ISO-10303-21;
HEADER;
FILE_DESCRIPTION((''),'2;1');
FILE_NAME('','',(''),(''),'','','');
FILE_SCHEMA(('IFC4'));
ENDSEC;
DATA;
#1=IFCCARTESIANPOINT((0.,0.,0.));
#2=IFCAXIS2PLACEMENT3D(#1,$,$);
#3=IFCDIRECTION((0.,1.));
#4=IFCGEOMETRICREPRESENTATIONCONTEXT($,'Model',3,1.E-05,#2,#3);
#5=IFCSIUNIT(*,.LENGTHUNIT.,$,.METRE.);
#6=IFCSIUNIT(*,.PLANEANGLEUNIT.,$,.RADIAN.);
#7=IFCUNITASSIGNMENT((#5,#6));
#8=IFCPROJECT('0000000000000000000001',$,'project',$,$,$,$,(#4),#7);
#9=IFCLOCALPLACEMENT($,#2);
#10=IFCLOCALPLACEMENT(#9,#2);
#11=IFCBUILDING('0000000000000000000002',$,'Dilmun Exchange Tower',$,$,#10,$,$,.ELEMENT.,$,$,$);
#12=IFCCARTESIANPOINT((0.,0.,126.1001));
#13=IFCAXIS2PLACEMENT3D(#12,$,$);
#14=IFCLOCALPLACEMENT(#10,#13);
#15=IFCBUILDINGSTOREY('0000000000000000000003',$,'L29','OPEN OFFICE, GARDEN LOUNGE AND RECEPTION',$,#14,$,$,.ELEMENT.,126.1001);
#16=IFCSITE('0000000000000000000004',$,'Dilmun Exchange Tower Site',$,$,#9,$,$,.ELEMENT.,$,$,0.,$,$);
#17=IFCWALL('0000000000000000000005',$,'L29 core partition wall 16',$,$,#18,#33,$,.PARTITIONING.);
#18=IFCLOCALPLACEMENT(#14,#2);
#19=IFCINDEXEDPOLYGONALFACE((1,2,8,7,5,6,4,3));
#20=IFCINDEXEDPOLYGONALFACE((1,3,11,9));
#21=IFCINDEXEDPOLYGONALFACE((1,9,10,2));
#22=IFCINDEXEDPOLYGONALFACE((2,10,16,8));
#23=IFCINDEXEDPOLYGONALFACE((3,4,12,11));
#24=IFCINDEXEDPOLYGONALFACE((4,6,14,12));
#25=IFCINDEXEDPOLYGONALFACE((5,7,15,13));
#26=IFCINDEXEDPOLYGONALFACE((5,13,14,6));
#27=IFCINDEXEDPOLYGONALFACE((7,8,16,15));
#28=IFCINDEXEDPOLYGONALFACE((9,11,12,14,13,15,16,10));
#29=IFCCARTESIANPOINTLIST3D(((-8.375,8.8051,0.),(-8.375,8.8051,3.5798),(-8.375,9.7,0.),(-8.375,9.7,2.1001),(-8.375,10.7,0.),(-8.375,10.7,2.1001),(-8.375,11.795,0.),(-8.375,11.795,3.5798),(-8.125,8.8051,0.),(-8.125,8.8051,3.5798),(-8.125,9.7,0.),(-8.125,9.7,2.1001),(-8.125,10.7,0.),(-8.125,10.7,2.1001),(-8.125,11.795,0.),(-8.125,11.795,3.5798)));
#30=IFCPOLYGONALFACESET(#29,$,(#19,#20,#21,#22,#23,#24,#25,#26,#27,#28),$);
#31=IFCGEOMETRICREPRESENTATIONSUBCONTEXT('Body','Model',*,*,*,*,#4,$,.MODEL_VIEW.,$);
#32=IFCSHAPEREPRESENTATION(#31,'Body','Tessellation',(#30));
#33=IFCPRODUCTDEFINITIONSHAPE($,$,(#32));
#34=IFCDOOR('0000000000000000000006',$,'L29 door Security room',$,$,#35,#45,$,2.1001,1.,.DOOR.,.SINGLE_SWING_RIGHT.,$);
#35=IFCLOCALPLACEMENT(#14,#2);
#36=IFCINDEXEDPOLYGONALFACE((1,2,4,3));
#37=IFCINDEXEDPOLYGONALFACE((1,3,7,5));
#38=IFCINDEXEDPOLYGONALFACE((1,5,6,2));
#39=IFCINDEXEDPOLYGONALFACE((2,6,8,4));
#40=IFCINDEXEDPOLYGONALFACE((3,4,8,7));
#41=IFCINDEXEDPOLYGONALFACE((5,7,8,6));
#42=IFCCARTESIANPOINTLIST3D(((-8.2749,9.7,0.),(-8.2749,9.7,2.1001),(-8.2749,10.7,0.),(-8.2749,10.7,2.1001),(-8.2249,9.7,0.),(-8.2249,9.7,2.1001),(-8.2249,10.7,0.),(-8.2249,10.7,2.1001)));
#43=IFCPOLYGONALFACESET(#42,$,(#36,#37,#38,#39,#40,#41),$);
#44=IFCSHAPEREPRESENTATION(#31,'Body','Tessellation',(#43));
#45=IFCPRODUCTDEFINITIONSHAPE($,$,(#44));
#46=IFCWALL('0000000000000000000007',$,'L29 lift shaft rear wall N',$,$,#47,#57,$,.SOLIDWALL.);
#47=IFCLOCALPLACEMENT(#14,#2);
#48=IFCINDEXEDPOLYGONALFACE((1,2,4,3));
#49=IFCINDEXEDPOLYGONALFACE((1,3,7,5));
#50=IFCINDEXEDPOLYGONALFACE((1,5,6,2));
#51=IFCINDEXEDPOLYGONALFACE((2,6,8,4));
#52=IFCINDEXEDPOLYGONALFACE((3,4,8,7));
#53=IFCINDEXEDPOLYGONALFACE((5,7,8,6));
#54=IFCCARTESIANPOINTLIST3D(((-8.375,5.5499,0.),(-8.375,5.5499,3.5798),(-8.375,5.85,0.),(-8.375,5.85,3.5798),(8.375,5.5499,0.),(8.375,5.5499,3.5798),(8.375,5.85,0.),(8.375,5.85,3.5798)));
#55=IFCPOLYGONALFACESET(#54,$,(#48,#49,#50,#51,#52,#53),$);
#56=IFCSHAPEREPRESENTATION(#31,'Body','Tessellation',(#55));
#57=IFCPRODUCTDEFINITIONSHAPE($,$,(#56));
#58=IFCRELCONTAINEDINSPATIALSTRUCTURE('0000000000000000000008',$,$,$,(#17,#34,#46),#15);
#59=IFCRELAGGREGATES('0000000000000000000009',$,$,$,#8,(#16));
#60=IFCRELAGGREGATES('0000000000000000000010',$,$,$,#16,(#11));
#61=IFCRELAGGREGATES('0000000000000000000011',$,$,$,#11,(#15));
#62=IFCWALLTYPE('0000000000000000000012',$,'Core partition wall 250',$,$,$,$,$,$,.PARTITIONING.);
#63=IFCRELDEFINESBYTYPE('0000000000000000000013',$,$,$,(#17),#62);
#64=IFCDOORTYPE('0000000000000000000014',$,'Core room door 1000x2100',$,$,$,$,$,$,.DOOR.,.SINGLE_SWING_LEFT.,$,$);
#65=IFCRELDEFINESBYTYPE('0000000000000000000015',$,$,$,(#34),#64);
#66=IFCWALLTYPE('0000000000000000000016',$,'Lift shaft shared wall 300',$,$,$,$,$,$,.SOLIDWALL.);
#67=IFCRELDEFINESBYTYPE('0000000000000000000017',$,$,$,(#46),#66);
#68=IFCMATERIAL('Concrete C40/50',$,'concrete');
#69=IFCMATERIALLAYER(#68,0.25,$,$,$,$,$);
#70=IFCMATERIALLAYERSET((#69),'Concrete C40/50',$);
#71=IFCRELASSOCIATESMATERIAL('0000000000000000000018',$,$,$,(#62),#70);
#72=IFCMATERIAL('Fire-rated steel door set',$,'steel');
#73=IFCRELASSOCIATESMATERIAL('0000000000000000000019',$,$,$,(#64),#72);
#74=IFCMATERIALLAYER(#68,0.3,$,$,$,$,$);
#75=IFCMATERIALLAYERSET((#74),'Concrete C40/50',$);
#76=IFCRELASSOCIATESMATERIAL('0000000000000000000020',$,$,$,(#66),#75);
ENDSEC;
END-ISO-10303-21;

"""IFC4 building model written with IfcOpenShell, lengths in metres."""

from ifc_helpers import new_model, si_unit, direction, frame, frame_2d, origin, place, context, subcontext, project, spatial, rectangle, extrude, material, layer, layer_set, type_object, element, fill, save


model = new_model("IFC4")

# Units and contexts
model_context = context("Model", 3, precision=1e-05, world=origin(), true_north=direction((0.0, 1.0)))
body_context = subcontext(model_context, "Body", "Model", "MODEL_VIEW")
ifc_project = project(units=[si_unit("LENGTHUNIT", "METRE"), si_unit("PLANEANGLEUNIT", "RADIAN")], contexts=[model_context])

# Site, building, storey
site_placement = place(None, origin())
site = spatial("IfcSite", under=ifc_project, at=site_placement, Name="Dilmun Exchange Tower Site", CompositionType="ELEMENT", RefElevation=0.0)
building_placement = place(site_placement, origin())
building = spatial("IfcBuilding", under=site, at=building_placement, Name="Dilmun Exchange Tower", CompositionType="ELEMENT")
storey_placement = place(building_placement, frame((0.0, 0.0, 126.1001)))
storey = spatial("IfcBuildingStorey", under=building, at=storey_placement, Name="L29", Description="OPEN OFFICE, GARDEN LOUNGE AND RECEPTION", CompositionType="ELEMENT", Elevation=126.1001)

# Shared definitions
ifc_material_1 = material(Name="Concrete C40/50", Category="concrete")

# Shared definitions
ifc_layer_1 = layer(ifc_material_1, 0.25)
ifc_layer_set_1 = layer_set([ifc_layer_1], Name="Concrete C40/50")
wall_type_1 = type_object("IfcWallType", Name="Core partition wall 250", PredefinedType="PARTITIONING", material=ifc_layer_set_1)

# Wall, opening, door
wall_1_placement = place(storey_placement, frame((-8.25, 8.8049, 0.0), z_axis=(0.0, 0.0, 1.0), x_axis=(0.0, 1.0, 0.0)))
wall_1 = element("IfcWall", 1, at=wall_1_placement, inside=storey, type_object=wall_type_1, Name="L29 core partition wall 16", PredefinedType="PARTITIONING", context=body_context, shape_type="SweptSolid", body=[
    extrude(rectangle(XDim=2.99, YDim=0.25, at=frame_2d((1.4951, 0.0))), origin(), (0.0, 0.0, 1.0), 3.5798),
])
opening_1_placement = place(wall_1_placement, frame((0.895, 0.0, 0.0)))
opening_1 = element("IfcOpeningElement", 2, at=opening_1_placement, cuts=wall_1, PredefinedType="OPENING", context=body_context, shape_type="SweptSolid", body=[
    extrude(rectangle(XDim=1.0, YDim=2.1001, at=frame_2d((0.5, 1.05))), frame((0.0, 0.135, 0.0), z_axis=(0.0, -1.0, 0.0), x_axis=(1.0, 0.0, 0.0)), (0.0, 0.0, 1.0), 0.27),
])
ifc_material_2 = material(Name="Fire-rated steel door set", Category="steel")
door_type_1 = type_object("IfcDoorType", Name="Core room door 1000x2100", OperationType="SINGLE_SWING_LEFT", PredefinedType="DOOR", material=ifc_material_2)
door_1_placement = place(opening_1_placement, origin())
door_1 = element("IfcDoor", 3, at=door_1_placement, inside=storey, type_object=door_type_1, Name="L29 door Security room", OperationType="SINGLE_SWING_RIGHT", OverallHeight=2.1001, OverallWidth=1.0, PredefinedType="DOOR", context=body_context, shape_type="SweptSolid", body=[
    extrude(rectangle(XDim=1.0, YDim=2.1001, at=frame_2d((0.5, 1.05))), frame((0.0, 0.0249, 0.0), z_axis=(0.0, -1.0, 0.0), x_axis=(1.0, 0.0, 0.0)), (0.0, 0.0, 1.0), 0.05),
])
fill(opening_1, door_1)

# Wall
ifc_layer_2 = layer(ifc_material_1, 0.3)
ifc_layer_set_2 = layer_set([ifc_layer_2], Name="Concrete C40/50")
wall_type_2 = type_object("IfcWallType", Name="Lift shaft shared wall 300", PredefinedType="SOLIDWALL", material=ifc_layer_set_2)
wall_2_placement = place(storey_placement, frame((-8.375, 5.7, 0.0), z_axis=(0.0, 0.0, 1.0), x_axis=(1.0, 0.0, 0.0)))
element("IfcWall", 4, at=wall_2_placement, inside=storey, type_object=wall_type_2, Name="L29 lift shaft rear wall N", PredefinedType="SOLIDWALL", context=body_context, shape_type="SweptSolid", body=[
    extrude(rectangle(XDim=16.75, YDim=0.3, at=frame_2d((8.375, 0.0))), origin(), (0.0, 0.0, 1.0), 3.5798),
])

save(model, "model.ifc")
